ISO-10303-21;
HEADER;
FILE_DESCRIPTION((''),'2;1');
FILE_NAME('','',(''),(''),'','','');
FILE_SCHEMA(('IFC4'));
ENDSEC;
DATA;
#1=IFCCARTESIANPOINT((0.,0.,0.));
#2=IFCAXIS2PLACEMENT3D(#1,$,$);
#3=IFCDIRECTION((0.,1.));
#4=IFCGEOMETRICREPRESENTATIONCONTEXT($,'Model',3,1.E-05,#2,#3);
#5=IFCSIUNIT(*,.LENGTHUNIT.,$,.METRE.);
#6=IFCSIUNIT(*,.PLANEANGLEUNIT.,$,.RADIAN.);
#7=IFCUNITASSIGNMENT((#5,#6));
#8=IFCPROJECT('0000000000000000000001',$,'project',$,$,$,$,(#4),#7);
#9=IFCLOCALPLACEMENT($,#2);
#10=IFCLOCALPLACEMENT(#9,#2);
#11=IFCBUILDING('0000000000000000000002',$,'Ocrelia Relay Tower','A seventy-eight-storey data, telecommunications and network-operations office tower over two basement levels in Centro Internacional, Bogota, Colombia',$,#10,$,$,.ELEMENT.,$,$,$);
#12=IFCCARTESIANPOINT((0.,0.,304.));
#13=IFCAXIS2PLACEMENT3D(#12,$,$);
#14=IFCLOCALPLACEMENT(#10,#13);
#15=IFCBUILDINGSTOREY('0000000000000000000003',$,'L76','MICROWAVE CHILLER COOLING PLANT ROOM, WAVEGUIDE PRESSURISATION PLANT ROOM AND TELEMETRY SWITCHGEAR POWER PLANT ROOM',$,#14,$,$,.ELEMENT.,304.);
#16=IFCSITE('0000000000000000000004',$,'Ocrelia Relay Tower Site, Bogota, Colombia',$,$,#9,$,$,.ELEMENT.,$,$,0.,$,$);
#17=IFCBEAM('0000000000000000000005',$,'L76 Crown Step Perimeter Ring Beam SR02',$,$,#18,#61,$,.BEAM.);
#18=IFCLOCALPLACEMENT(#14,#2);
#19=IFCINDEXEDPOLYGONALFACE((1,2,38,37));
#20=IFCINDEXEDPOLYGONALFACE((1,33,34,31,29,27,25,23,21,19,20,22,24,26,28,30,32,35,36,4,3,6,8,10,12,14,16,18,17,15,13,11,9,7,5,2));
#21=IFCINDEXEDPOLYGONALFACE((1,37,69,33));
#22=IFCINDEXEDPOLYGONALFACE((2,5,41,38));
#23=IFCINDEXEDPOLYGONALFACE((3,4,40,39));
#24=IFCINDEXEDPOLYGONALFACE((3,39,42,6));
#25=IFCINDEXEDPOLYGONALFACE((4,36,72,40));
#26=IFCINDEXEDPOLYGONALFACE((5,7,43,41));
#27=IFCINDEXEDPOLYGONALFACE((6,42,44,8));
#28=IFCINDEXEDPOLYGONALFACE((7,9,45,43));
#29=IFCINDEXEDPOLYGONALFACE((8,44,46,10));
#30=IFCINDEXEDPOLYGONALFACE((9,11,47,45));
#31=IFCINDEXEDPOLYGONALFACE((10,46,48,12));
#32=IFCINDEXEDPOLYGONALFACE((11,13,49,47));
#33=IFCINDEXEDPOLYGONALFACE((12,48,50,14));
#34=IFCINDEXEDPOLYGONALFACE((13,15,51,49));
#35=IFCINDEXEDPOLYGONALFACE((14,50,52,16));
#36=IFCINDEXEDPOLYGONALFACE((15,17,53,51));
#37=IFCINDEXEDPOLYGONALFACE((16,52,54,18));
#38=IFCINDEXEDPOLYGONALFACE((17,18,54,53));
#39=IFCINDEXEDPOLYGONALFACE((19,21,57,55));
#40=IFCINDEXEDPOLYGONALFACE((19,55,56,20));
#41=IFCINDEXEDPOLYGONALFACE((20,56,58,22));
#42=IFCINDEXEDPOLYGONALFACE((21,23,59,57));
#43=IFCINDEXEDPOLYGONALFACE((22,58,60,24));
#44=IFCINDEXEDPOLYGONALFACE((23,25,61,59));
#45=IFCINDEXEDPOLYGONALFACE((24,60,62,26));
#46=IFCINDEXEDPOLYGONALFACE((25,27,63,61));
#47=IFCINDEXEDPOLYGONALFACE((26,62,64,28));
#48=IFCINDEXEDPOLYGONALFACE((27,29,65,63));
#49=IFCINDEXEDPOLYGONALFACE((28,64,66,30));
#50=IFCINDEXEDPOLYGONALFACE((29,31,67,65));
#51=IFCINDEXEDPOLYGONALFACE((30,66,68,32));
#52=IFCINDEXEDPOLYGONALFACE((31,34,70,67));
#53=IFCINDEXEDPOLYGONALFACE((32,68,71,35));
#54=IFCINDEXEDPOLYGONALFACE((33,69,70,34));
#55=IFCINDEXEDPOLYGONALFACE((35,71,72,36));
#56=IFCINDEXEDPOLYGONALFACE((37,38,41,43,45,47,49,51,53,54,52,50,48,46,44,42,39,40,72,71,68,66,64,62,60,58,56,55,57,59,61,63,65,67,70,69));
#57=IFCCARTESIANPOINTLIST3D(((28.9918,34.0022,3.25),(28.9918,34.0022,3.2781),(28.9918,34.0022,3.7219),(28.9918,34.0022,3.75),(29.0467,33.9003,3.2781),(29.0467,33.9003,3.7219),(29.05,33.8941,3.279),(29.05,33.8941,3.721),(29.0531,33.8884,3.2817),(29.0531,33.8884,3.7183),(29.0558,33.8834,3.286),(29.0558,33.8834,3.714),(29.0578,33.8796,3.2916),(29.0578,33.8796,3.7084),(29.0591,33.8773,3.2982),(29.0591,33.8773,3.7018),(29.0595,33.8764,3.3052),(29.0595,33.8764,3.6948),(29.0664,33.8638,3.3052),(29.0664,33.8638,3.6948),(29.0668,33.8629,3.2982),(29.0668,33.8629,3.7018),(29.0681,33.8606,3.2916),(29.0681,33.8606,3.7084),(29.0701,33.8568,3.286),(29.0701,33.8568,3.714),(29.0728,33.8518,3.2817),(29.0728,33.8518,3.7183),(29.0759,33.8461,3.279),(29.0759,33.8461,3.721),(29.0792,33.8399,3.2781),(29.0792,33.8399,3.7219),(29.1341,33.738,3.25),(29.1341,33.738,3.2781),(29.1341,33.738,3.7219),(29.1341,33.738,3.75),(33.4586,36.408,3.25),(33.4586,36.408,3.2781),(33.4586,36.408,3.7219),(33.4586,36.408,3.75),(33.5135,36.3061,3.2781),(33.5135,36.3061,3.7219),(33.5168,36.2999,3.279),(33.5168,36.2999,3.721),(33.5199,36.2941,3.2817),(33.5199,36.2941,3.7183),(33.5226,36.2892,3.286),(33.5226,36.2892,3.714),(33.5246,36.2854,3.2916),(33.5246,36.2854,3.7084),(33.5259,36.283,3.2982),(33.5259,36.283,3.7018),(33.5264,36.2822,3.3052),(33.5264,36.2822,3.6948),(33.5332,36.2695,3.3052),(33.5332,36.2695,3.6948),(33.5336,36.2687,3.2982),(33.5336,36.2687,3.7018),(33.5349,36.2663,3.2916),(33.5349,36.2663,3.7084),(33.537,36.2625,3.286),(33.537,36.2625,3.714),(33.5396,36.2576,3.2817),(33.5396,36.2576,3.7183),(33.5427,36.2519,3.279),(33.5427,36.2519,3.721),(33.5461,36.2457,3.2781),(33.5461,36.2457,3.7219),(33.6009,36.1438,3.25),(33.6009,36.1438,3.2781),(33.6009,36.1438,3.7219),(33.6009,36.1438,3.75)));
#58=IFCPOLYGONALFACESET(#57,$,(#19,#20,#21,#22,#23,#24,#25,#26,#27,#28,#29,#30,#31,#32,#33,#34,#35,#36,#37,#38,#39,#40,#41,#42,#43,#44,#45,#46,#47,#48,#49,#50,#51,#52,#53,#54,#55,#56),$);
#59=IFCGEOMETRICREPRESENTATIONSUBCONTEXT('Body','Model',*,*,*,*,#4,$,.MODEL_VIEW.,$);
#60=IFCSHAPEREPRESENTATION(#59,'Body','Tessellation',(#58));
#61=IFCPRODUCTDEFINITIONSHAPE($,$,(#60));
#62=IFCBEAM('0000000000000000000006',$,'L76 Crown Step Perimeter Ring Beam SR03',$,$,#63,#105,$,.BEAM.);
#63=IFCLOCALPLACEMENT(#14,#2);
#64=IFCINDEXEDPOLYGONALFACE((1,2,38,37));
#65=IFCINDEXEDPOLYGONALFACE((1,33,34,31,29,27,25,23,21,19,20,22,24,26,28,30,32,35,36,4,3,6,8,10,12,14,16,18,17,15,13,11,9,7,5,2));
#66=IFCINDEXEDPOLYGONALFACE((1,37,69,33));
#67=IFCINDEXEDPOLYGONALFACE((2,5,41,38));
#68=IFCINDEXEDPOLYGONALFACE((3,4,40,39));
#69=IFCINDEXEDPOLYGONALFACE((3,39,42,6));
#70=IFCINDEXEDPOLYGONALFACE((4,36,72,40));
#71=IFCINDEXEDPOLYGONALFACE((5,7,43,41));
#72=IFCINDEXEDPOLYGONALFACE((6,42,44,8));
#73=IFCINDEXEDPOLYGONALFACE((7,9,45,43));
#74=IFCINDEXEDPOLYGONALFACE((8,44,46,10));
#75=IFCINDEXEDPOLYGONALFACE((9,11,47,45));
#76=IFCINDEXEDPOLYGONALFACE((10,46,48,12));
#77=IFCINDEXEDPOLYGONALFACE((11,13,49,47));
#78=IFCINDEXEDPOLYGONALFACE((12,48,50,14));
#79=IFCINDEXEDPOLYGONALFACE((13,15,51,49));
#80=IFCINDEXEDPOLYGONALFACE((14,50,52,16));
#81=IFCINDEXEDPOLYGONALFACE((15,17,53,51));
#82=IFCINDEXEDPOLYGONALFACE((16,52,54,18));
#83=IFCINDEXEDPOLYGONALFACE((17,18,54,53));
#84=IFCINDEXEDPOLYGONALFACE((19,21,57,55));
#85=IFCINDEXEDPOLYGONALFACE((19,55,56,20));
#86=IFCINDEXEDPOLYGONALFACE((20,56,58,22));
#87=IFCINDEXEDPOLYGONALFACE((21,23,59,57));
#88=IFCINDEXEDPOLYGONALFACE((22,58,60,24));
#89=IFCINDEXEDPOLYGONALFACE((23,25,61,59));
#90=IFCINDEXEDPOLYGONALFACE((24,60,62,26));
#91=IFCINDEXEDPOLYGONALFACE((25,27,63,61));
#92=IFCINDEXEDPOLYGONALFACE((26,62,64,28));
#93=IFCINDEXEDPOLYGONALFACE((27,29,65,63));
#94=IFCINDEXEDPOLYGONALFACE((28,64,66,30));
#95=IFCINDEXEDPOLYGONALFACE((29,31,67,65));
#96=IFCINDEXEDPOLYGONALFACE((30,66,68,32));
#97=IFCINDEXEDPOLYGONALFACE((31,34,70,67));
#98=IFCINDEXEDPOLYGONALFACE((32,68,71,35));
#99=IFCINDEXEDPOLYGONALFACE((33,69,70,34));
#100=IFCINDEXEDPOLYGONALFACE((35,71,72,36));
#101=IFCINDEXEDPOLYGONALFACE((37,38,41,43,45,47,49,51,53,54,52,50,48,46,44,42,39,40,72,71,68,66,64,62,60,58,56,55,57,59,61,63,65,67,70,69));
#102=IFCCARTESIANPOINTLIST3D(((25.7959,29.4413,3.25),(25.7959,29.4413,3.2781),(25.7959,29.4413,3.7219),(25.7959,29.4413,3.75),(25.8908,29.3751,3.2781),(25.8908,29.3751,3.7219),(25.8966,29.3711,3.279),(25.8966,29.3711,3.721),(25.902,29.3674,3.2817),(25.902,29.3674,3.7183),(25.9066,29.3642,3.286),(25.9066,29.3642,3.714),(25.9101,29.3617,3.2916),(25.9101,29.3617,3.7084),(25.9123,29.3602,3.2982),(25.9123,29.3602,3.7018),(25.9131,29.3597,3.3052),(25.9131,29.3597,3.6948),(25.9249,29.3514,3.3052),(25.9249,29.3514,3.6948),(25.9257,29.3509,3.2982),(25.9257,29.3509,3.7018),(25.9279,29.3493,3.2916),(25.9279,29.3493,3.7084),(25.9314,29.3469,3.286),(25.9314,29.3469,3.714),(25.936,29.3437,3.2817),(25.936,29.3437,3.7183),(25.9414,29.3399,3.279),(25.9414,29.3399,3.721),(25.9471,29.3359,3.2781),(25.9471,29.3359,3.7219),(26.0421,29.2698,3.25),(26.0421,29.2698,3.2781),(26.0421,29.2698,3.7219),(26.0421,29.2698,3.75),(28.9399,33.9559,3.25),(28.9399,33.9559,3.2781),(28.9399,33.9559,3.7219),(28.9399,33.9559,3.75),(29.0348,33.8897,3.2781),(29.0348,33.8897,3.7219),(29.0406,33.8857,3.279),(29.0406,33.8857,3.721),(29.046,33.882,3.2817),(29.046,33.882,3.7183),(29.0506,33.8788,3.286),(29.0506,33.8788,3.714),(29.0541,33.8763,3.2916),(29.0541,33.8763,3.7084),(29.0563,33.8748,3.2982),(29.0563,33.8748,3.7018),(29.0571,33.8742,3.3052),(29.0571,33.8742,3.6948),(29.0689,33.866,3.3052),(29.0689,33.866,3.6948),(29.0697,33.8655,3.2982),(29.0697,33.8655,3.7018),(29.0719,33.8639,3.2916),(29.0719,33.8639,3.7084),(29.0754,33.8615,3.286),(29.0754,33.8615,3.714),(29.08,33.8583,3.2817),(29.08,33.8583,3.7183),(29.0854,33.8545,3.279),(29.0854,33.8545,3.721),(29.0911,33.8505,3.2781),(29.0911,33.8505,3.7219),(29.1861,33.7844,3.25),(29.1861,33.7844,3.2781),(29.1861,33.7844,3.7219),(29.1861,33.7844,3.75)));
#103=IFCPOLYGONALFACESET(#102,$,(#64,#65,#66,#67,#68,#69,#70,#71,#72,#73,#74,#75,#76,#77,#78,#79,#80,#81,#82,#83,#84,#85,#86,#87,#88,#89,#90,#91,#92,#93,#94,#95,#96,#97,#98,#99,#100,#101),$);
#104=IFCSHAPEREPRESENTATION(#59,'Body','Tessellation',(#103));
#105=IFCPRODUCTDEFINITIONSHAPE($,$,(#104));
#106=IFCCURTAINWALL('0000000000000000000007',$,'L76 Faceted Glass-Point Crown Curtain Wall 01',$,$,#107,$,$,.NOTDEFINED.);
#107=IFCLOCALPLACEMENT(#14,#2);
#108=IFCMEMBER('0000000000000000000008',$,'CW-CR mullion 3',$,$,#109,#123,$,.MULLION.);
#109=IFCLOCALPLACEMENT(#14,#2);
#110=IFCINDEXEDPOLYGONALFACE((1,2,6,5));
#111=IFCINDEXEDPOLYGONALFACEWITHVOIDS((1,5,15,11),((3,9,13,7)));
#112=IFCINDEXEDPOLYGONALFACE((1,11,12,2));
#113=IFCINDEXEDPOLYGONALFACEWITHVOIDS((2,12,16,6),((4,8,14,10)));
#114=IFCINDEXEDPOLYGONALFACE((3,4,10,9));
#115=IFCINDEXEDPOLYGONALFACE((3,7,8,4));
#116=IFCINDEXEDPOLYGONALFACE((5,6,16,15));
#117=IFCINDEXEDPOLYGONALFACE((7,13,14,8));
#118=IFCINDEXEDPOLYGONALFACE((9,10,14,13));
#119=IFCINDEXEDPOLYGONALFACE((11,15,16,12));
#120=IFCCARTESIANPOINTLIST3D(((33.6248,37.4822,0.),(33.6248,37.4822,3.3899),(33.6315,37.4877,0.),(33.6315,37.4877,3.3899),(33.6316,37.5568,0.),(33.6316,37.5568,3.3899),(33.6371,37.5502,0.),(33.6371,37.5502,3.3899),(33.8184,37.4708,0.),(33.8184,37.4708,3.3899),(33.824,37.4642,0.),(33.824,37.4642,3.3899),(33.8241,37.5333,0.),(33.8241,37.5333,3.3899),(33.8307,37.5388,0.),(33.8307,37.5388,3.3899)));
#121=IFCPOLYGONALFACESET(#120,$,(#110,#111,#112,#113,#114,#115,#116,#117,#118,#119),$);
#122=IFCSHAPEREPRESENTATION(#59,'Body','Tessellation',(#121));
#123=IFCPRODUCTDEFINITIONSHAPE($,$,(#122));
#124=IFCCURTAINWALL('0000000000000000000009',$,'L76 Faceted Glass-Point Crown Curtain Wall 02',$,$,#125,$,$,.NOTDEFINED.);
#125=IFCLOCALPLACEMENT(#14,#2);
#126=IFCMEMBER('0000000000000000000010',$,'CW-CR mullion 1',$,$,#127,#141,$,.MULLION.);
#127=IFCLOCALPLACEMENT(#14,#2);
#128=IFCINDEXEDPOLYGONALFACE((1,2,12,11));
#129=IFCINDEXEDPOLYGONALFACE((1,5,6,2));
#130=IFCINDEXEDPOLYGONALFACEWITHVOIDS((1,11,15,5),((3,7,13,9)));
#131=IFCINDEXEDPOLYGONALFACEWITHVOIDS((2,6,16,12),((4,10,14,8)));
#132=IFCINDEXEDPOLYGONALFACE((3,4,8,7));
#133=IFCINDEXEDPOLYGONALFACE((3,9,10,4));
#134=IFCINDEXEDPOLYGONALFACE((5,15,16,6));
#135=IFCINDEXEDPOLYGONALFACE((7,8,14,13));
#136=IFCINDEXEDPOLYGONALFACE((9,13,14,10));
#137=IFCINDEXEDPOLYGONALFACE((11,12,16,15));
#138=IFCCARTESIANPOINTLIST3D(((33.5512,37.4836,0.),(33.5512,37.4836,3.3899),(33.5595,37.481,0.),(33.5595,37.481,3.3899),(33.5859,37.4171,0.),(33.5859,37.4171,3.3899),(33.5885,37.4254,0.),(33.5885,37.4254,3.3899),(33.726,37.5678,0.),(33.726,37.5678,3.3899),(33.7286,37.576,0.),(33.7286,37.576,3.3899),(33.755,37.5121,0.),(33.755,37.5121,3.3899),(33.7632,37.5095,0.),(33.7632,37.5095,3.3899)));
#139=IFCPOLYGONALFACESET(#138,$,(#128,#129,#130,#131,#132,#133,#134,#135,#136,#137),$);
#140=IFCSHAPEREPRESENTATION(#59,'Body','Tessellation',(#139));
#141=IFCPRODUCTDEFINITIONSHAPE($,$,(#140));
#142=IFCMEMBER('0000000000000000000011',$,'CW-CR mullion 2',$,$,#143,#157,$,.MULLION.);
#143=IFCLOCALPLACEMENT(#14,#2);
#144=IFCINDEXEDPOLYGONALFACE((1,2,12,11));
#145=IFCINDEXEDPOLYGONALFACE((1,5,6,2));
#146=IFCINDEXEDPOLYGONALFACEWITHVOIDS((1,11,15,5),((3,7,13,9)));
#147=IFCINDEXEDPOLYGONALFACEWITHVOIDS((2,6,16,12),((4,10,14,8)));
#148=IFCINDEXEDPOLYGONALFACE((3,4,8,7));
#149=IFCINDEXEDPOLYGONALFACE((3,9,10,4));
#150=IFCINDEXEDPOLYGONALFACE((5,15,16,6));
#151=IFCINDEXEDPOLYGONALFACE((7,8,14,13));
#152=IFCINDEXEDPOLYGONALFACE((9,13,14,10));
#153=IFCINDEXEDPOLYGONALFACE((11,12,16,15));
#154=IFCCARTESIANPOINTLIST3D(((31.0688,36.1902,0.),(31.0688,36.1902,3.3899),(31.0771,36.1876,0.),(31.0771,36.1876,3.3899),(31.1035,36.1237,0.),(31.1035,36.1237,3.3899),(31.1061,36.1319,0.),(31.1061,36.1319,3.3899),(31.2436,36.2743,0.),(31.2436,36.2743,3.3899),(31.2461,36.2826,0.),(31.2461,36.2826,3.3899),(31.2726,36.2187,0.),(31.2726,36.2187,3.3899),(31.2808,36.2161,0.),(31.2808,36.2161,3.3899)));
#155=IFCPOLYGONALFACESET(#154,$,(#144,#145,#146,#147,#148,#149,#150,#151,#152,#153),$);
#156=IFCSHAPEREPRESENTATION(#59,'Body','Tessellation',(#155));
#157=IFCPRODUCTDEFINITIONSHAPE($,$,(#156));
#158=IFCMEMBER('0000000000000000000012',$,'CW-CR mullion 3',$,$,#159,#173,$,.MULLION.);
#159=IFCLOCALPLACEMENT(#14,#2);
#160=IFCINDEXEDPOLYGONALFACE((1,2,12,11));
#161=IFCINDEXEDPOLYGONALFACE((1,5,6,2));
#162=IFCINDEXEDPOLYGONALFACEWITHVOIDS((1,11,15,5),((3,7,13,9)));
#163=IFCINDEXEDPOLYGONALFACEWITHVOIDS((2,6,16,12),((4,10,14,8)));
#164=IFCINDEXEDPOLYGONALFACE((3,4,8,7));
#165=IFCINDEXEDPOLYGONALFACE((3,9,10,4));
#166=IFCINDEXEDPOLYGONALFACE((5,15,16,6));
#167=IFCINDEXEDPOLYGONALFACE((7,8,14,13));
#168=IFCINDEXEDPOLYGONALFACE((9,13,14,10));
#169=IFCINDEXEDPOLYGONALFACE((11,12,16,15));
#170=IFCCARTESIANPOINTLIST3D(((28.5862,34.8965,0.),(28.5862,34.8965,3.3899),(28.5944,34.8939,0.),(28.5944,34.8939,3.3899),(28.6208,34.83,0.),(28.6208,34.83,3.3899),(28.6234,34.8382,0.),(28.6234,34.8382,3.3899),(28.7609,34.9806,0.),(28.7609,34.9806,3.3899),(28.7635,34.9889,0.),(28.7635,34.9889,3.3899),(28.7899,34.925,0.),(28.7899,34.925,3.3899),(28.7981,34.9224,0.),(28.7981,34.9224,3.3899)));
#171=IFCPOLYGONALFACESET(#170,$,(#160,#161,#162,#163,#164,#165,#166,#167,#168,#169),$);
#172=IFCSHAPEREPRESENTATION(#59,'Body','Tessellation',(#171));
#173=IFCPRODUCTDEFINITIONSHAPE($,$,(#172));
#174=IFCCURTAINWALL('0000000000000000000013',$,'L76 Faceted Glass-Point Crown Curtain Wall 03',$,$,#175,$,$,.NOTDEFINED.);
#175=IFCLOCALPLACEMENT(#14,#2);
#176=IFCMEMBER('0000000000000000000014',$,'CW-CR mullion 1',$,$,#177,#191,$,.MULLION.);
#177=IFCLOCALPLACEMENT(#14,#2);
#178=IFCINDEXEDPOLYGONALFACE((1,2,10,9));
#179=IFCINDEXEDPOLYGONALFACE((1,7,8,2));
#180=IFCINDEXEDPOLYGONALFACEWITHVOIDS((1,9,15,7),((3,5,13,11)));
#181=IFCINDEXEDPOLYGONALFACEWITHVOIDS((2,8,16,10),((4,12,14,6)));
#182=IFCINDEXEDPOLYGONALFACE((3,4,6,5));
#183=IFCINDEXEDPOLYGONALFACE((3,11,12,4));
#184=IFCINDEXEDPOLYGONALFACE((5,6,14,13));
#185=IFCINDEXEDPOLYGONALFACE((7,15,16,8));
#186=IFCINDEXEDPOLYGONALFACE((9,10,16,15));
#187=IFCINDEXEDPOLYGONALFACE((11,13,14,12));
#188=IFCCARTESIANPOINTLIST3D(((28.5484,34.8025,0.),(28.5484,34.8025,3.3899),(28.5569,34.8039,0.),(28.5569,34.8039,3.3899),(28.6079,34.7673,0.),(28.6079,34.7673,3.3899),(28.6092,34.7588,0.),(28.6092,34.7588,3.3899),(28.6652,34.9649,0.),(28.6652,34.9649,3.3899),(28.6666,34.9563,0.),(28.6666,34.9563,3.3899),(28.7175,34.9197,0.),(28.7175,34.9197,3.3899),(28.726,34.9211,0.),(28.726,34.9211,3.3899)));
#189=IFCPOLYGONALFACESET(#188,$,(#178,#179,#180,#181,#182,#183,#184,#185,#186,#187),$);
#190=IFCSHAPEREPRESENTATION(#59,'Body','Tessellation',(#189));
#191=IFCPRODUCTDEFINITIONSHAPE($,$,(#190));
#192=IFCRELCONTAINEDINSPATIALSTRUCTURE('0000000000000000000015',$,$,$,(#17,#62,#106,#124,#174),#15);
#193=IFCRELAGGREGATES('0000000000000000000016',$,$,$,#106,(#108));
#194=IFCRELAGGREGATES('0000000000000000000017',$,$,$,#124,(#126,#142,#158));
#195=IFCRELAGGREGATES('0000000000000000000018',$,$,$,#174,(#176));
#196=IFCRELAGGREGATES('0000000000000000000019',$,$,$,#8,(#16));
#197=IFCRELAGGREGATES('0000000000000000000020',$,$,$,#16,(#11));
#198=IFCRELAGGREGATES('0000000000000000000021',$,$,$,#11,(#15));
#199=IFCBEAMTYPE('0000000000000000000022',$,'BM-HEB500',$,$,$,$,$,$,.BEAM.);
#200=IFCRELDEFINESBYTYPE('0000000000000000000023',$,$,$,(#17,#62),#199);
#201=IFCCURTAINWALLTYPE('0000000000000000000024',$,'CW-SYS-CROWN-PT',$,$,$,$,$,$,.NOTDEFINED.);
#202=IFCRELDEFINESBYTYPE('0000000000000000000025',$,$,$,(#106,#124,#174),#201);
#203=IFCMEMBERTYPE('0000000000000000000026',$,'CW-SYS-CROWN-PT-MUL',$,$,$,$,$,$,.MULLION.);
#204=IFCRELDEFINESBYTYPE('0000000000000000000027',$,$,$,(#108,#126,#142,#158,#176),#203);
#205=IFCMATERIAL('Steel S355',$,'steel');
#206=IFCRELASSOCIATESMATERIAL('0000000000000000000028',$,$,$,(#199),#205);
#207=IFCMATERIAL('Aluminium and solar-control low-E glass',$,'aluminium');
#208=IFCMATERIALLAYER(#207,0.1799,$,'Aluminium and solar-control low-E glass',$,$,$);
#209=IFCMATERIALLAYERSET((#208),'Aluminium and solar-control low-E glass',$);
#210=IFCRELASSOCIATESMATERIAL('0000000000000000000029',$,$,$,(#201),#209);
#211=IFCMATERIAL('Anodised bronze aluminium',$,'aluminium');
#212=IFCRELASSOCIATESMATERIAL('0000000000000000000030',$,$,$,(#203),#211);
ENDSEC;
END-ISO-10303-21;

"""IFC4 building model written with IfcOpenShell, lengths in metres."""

from ifc_helpers import new_model, si_unit, direction, frame, origin, origin_2d, place, context, subcontext, project, spatial, hollow_rectangle, i_section, extrude, material, layer, layer_set, material_profile, profile_set, type_object, element, aggregate, save


model = new_model("IFC4")

# Units and contexts
model_context = context("Model", 3, precision=1e-05, world=origin(), true_north=direction((0.0, 1.0)))
body_context = subcontext(model_context, "Body", "Model", "MODEL_VIEW")
ifc_project = project(units=[si_unit("LENGTHUNIT", "METRE"), si_unit("PLANEANGLEUNIT", "RADIAN")], contexts=[model_context])

# Site, building, storey
site_placement = place(None, origin())
site = spatial("IfcSite", under=ifc_project, at=site_placement, Name="Ocrelia Relay Tower Site, Bogota, Colombia", CompositionType="ELEMENT", RefElevation=0.0)
building_placement = place(site_placement, origin())
building = spatial("IfcBuilding", under=site, at=building_placement, Name="Ocrelia Relay Tower", Description="A seventy-eight-storey data, telecommunications and network-operations office tower over two basement levels in Centro Internacional, Bogota, Colombia", CompositionType="ELEMENT")
storey_placement = place(building_placement, frame((0.0, 0.0, 304.0)))
storey = spatial("IfcBuildingStorey", under=building, at=storey_placement, Name="L76", Description="MICROWAVE CHILLER COOLING PLANT ROOM, WAVEGUIDE PRESSURISATION PLANT ROOM AND TELEMETRY SWITCHGEAR POWER PLANT ROOM", CompositionType="ELEMENT", Elevation=304.0)

# Beams
ifc_material_1 = material(Name="Steel S355", Category="steel")
ifc_material_profile_1 = material_profile(ifc_material_1, i_section(OverallWidth=0.3, OverallDepth=0.5, WebThickness=0.0144, FlangeThickness=0.0281, FilletRadius=0.0271, at=origin_2d()), Name="HEB 500")
ifc_profile_set_1 = profile_set([ifc_material_profile_1], Name="Steel S355")
beam_type_1 = type_object("IfcBeamType", Name="BM-HEB500", PredefinedType="BEAM", material=ifc_profile_set_1)
beam_1_placement = place(storey_placement, frame((33.5298, 36.2759, 3.5), z_axis=(-0.880425, -0.474186, 0.0), x_axis=(0.474186, -0.880425, 0.0)))
element("IfcBeam", 1, at=beam_1_placement, inside=storey, type_object=beam_type_1, Name="L76 Crown Step Perimeter Ring Beam SR02", PredefinedType="BEAM", context=body_context, shape_type="SweptSolid", body=[
    extrude(i_section(OverallWidth=0.3, OverallDepth=0.5, WebThickness=0.0144, FlangeThickness=0.0281, FilletRadius=0.0271, at=origin_2d()), origin(), (0.0, 0.0, 1.0), 5.0735),
])
beam_2_placement = place(storey_placement, frame((29.063, 33.8701, 3.5), z_axis=(-0.571483, -0.820614, 0.0), x_axis=(0.820614, -0.571483, 0.0)))
element("IfcBeam", 2, at=beam_2_placement, inside=storey, type_object=beam_type_1, Name="L76 Crown Step Perimeter Ring Beam SR03", PredefinedType="BEAM", context=body_context, shape_type="SweptSolid", body=[
    extrude(i_section(OverallWidth=0.3, OverallDepth=0.5, WebThickness=0.0144, FlangeThickness=0.0281, FilletRadius=0.0271, at=origin_2d()), origin(), (0.0, 0.0, 1.0), 5.5015),
])

# Curtain wall, member
ifc_material_2 = material(Name="Aluminium and solar-control low-E glass", Category="aluminium")
ifc_layer_1 = layer(ifc_material_2, 0.1799, Name="Aluminium and solar-control low-E glass")
ifc_layer_set_1 = layer_set([ifc_layer_1], Name="Aluminium and solar-control low-E glass")
curtain_wall_type = type_object("IfcCurtainWallType", Name="CW-SYS-CROWN-PT", PredefinedType="NOTDEFINED", material=ifc_layer_set_1)
curtain_wall_1_placement = place(storey_placement, origin())
curtain_wall_1 = element("IfcCurtainWall", 3, at=curtain_wall_1_placement, inside=storey, type_object=curtain_wall_type, Name="L76 Faceted Glass-Point Crown Curtain Wall 01", PredefinedType="NOTDEFINED")
ifc_material_3 = material(Name="Anodised bronze aluminium", Category="aluminium")
ifc_material_profile_2 = material_profile(ifc_material_3, hollow_rectangle(XDim=0.075, YDim=0.2, WallThickness=0.0061, at=origin_2d()), Name="CW-MUL-200x75")
ifc_profile_set_2 = profile_set([ifc_material_profile_2], Name="Anodised bronze aluminium")
member_type_1 = type_object("IfcMemberType", Name="CW-SYS-CROWN-PT-MUL", PredefinedType="MULLION", material=ifc_profile_set_2)
member_1_placement = place(storey_placement, frame((33.7278, 37.5105, 0.0), z_axis=(0.0, 0.0, 1.0), x_axis=(-0.090237, -0.99592, 0.0)))
member_1 = element("IfcMember", 4, at=member_1_placement, type_object=member_type_1, Name="CW-CR mullion 3", PredefinedType="MULLION", context=body_context, shape_type="SweptSolid", body=[
    extrude(hollow_rectangle(XDim=0.075, YDim=0.2, WallThickness=0.0061, at=origin_2d()), origin(), (0.0, 0.0, 1.0), 3.3899),
])
aggregate(curtain_wall_1, [member_1])

# Curtain walls, members
curtain_wall_2_placement = place(storey_placement, origin())
curtain_wall_2 = element("IfcCurtainWall", 5, at=curtain_wall_2_placement, inside=storey, type_object=curtain_wall_type, Name="L76 Faceted Glass-Point Crown Curtain Wall 02", PredefinedType="NOTDEFINED")
member_2_placement = place(storey_placement, frame((33.6572, 37.4966, 0.0), z_axis=(0.0, 0.0, 1.0), x_axis=(0.462105, -0.886825, 0.0)))
member_2 = element("IfcMember", 6, at=member_2_placement, type_object=member_type_1, Name="CW-CR mullion 1", PredefinedType="MULLION", context=body_context, shape_type="SweptSolid", body=[
    extrude(hollow_rectangle(XDim=0.075, YDim=0.2, WallThickness=0.0061, at=origin_2d()), origin(), (0.0, 0.0, 1.0), 3.3899),
])
member_3_placement = place(storey_placement, frame((31.1748, 36.2031, 0.0), z_axis=(0.0, 0.0, 1.0), x_axis=(0.462105, -0.886825, 0.0)))
member_3 = element("IfcMember", 7, at=member_3_placement, type_object=member_type_1, Name="CW-CR mullion 2", PredefinedType="MULLION", context=body_context, shape_type="SweptSolid", body=[
    extrude(hollow_rectangle(XDim=0.075, YDim=0.2, WallThickness=0.0061, at=origin_2d()), origin(), (0.0, 0.0, 1.0), 3.3899),
])
member_4_placement = place(storey_placement, frame((28.6921, 34.9094, 0.0), z_axis=(0.0, 0.0, 1.0), x_axis=(0.462105, -0.886825, 0.0)))
member_4 = element("IfcMember", 8, at=member_4_placement, type_object=member_type_1, Name="CW-CR mullion 3", PredefinedType="MULLION", context=body_context, shape_type="SweptSolid", body=[
    extrude(hollow_rectangle(XDim=0.075, YDim=0.2, WallThickness=0.0061, at=origin_2d()), origin(), (0.0, 0.0, 1.0), 3.3899),
])
curtain_wall_3_placement = place(storey_placement, origin())
curtain_wall_3 = element("IfcCurtainWall", 9, at=curtain_wall_3_placement, inside=storey, type_object=curtain_wall_type, Name="L76 Faceted Glass-Point Crown Curtain Wall 03", PredefinedType="NOTDEFINED")
member_5_placement = place(storey_placement, frame((28.6372, 34.8618, 0.0), z_axis=(0.0, 0.0, 1.0), x_axis=(0.811755, -0.583998, 0.0)))
member_5 = element("IfcMember", 10, at=member_5_placement, type_object=member_type_1, Name="CW-CR mullion 1", PredefinedType="MULLION", context=body_context, shape_type="SweptSolid", body=[
    extrude(hollow_rectangle(XDim=0.075, YDim=0.2, WallThickness=0.0061, at=origin_2d()), origin(), (0.0, 0.0, 1.0), 3.3899),
])

aggregate(curtain_wall_2, [member_2, member_3, member_4])
aggregate(curtain_wall_3, [member_5])

save(model, "model.ifc")
